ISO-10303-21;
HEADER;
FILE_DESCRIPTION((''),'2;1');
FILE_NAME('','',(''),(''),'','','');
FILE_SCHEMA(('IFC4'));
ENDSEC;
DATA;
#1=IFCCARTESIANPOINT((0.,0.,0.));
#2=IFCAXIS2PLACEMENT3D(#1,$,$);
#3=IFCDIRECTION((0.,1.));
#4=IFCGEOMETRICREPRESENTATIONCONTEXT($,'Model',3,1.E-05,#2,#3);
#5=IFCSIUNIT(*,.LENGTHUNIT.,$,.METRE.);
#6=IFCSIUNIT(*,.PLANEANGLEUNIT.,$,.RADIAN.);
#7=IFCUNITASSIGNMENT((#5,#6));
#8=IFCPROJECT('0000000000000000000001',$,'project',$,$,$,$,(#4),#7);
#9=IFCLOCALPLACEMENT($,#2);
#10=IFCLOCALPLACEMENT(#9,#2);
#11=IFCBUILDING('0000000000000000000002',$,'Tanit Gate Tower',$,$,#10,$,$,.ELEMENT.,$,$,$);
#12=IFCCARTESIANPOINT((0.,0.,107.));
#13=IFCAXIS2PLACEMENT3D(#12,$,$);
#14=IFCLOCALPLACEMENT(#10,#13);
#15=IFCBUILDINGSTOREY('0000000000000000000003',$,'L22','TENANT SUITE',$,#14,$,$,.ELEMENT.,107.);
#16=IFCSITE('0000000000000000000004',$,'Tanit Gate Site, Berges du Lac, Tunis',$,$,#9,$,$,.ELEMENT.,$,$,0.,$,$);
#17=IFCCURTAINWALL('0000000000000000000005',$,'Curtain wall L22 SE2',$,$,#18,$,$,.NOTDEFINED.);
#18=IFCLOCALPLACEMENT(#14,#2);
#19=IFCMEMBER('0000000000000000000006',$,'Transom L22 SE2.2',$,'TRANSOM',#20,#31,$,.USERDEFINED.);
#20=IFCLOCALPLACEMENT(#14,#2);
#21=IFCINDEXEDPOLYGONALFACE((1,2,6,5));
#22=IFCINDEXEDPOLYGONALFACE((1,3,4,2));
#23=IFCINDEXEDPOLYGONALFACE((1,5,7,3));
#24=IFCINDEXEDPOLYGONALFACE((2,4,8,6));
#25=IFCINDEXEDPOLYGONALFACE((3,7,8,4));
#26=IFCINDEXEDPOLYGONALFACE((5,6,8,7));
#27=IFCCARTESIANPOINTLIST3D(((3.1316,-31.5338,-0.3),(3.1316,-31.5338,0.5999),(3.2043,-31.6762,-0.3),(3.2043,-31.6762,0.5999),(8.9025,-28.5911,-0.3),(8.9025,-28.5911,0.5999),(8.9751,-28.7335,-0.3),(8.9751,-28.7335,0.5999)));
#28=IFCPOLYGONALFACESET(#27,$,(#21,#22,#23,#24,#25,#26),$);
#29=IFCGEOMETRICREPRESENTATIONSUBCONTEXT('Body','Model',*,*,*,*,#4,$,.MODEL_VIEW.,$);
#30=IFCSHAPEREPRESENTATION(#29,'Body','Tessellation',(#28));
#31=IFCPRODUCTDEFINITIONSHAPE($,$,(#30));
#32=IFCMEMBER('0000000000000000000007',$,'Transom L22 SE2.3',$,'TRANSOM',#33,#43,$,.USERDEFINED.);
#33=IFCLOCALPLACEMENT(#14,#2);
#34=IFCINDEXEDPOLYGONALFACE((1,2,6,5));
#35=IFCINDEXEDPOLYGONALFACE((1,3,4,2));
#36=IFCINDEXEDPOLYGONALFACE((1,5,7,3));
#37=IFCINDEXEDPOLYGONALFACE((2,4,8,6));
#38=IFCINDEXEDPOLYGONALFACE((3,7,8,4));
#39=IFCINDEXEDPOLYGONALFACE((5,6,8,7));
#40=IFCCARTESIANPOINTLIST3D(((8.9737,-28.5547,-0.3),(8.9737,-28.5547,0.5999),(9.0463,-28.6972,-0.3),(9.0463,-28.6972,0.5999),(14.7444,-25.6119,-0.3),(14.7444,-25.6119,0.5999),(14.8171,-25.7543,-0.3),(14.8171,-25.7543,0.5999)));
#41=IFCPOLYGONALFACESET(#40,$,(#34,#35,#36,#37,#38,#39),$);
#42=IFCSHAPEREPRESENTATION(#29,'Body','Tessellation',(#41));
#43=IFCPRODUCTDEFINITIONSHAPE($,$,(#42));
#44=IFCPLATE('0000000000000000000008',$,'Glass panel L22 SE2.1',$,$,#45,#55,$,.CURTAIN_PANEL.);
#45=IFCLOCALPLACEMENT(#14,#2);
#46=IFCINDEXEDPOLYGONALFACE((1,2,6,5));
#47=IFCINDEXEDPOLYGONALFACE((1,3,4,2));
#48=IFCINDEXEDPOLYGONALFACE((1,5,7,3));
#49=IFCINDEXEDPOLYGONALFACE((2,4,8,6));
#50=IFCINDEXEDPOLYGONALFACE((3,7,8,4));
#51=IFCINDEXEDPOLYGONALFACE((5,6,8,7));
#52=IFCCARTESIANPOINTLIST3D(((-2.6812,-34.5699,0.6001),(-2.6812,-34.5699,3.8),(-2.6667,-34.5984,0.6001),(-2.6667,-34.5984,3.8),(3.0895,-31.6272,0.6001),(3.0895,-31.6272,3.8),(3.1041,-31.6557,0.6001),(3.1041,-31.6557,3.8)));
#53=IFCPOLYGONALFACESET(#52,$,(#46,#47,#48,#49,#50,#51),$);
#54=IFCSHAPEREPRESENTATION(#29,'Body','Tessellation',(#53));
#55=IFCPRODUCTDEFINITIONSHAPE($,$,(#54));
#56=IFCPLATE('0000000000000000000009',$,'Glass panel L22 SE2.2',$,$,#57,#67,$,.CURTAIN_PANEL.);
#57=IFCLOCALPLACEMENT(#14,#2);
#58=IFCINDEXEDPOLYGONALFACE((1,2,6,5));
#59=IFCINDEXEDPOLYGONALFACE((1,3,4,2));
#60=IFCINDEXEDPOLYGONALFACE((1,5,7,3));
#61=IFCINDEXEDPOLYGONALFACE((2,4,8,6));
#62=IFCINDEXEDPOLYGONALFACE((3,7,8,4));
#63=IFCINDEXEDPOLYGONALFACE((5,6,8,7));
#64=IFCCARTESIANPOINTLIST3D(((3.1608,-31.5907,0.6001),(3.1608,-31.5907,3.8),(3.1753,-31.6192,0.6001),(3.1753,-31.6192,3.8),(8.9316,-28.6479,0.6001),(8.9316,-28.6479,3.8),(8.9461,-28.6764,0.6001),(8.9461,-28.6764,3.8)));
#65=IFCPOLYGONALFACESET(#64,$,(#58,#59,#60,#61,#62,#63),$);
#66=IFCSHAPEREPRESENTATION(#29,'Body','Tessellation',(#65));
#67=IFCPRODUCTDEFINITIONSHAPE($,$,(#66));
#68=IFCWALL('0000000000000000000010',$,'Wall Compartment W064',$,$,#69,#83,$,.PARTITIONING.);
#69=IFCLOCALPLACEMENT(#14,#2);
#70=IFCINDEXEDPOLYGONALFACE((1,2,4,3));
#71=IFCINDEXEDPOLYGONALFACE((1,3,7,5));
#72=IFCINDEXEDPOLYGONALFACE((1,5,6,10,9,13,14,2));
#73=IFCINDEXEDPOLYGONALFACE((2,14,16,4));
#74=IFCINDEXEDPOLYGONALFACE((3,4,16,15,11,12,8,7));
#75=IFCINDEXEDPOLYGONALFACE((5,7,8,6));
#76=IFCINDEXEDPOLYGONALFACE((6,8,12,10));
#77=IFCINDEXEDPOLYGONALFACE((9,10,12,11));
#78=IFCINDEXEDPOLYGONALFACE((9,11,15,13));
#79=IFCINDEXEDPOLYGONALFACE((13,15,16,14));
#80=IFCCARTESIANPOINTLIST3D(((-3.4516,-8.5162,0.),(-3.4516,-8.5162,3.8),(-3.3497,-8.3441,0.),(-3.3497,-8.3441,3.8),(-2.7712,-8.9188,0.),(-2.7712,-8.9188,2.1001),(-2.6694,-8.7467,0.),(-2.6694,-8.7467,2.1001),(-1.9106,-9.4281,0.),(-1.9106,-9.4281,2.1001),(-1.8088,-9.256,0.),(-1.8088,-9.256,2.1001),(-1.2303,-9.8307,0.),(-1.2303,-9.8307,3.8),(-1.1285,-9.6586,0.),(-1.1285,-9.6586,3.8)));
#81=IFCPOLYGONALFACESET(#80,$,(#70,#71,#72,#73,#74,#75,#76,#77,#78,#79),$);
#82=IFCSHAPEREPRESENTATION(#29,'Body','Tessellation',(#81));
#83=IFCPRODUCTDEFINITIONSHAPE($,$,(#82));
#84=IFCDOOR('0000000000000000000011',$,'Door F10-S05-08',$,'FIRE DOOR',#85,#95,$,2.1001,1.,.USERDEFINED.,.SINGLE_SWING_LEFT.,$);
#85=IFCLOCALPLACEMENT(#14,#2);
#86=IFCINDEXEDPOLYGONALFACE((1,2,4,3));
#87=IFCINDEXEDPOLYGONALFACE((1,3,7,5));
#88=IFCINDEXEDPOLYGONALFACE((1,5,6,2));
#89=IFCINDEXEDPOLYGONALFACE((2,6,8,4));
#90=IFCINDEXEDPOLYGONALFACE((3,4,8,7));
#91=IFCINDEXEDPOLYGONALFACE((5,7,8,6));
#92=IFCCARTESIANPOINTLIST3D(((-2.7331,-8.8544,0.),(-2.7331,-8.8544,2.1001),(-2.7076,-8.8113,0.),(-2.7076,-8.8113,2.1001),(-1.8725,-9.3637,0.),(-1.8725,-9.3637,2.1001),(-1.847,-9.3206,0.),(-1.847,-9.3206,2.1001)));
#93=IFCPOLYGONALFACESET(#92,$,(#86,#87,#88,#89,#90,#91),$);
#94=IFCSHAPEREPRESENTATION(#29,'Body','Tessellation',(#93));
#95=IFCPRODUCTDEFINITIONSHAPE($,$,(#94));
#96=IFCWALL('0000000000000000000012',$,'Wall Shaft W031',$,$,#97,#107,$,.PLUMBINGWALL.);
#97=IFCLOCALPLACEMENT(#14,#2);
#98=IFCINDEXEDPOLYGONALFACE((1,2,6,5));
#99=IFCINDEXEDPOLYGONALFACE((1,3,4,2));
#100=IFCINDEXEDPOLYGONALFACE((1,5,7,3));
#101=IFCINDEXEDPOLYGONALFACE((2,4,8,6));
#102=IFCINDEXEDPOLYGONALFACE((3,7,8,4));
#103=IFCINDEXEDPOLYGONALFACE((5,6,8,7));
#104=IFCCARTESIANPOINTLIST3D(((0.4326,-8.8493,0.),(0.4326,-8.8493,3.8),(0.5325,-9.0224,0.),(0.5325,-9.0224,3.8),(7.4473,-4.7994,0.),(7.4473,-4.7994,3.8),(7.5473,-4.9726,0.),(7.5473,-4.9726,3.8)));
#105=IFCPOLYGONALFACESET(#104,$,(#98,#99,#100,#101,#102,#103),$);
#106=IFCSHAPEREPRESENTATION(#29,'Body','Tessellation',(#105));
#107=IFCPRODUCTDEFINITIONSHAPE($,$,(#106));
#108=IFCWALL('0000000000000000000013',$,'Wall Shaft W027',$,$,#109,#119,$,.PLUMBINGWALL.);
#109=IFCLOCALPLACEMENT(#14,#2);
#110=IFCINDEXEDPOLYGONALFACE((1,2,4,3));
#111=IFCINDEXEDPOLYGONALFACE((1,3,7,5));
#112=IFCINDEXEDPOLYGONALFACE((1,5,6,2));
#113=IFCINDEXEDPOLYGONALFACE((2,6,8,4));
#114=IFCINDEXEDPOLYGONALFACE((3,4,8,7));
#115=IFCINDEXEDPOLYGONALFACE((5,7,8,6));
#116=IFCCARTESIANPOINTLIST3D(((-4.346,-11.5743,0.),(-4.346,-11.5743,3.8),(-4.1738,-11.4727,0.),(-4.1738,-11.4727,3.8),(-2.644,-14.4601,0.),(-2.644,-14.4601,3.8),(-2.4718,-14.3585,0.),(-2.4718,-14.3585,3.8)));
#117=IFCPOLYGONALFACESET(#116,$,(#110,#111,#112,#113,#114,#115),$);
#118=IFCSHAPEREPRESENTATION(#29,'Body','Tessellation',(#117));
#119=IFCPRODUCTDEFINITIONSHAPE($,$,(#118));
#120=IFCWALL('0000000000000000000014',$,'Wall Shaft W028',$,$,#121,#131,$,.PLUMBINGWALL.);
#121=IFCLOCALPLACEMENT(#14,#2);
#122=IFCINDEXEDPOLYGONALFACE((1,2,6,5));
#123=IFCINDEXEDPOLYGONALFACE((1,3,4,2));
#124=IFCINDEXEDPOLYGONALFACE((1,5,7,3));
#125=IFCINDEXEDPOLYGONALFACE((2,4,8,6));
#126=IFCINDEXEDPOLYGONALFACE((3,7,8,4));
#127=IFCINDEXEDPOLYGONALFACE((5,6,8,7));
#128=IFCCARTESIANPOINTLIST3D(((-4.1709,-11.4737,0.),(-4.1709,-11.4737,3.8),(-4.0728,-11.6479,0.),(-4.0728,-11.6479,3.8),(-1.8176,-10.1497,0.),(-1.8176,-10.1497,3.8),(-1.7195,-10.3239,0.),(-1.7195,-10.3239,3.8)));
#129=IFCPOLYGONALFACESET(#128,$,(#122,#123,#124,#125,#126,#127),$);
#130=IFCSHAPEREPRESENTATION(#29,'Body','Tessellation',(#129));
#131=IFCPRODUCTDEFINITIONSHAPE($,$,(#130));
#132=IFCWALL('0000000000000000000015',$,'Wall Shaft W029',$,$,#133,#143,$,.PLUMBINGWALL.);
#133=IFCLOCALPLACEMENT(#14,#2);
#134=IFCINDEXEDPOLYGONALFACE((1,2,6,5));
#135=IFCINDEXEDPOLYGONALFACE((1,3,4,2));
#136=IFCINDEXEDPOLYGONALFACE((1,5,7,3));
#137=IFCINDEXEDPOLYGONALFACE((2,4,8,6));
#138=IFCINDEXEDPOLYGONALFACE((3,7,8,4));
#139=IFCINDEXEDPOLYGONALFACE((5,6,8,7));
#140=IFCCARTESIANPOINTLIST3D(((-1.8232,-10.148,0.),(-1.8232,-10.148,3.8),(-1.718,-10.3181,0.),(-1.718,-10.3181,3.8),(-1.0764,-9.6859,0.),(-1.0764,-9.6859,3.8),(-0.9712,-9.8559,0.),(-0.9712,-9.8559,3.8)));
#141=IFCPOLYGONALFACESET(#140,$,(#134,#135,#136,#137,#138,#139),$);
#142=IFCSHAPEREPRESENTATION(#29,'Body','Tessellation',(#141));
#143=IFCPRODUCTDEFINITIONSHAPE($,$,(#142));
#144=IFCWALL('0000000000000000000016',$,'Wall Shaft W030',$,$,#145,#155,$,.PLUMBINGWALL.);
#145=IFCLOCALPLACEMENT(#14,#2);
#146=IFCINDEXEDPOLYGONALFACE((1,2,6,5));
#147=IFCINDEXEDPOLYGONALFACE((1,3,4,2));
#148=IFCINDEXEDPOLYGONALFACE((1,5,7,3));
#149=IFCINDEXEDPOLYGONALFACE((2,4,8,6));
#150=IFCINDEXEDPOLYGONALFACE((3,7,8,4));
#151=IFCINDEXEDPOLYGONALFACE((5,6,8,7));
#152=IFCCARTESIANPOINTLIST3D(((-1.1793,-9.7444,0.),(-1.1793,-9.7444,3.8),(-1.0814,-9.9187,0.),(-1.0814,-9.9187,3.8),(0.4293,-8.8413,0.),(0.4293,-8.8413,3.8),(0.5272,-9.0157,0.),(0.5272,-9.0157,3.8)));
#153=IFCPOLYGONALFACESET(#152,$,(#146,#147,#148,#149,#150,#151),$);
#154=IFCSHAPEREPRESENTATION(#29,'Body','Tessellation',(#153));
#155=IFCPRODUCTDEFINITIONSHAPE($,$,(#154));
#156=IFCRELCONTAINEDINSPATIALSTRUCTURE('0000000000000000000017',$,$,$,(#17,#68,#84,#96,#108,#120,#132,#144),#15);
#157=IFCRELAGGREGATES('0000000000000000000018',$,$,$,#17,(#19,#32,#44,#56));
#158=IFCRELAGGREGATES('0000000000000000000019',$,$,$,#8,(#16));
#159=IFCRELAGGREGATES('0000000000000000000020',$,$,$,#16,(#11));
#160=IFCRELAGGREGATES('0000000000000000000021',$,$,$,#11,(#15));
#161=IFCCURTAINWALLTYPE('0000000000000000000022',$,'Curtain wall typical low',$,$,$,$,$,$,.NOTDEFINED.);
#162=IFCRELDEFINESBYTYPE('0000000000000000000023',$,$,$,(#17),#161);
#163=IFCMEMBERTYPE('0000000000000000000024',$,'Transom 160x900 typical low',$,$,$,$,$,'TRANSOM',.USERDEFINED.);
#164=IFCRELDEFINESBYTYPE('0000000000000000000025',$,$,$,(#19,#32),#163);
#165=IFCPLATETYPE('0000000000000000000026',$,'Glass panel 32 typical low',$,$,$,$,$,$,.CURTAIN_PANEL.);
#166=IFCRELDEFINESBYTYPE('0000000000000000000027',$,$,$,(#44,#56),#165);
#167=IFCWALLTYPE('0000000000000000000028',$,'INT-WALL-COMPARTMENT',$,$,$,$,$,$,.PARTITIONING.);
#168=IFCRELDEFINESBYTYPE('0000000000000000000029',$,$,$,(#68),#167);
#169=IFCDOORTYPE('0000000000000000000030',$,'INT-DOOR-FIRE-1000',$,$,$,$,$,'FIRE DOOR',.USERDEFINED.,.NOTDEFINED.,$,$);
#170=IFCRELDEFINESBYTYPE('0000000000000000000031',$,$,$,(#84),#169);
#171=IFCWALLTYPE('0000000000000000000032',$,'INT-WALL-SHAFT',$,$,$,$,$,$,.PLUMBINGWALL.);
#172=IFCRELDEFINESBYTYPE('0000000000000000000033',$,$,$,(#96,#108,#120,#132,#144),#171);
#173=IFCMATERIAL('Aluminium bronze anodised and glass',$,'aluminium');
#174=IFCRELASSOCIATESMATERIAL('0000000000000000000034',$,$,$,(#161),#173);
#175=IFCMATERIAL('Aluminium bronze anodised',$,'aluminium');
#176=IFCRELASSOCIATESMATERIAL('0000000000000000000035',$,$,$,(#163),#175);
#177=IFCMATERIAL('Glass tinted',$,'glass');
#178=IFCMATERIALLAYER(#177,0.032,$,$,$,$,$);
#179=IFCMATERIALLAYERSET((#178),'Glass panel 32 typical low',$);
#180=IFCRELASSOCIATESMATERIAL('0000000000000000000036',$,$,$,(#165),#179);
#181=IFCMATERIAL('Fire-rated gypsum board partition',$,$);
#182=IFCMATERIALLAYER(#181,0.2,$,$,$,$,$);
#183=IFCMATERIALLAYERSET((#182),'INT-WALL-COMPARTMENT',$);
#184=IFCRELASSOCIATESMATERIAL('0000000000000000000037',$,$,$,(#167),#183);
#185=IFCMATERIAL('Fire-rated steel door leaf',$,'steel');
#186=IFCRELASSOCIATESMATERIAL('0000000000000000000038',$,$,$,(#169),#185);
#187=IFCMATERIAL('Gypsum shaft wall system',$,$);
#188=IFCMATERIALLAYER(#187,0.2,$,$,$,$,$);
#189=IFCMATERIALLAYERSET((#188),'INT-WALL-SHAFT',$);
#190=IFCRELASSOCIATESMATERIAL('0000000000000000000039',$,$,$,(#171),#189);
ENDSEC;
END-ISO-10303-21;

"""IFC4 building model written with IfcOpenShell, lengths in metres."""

from ifc_helpers import new_model, si_unit, direction, frame, frame_2d, origin, origin_2d, place, context, subcontext, project, spatial, rectangle, extrude, material, layer, layer_set, material_profile, profile_set, type_object, element, fill, aggregate, save


model = new_model("IFC4")

# Units and contexts
model_context = context("Model", 3, precision=1e-05, world=origin(), true_north=direction((0.0, 1.0)))
body_context = subcontext(model_context, "Body", "Model", "MODEL_VIEW")
ifc_project = project(units=[si_unit("LENGTHUNIT", "METRE"), si_unit("PLANEANGLEUNIT", "RADIAN")], contexts=[model_context])

# Site, building, storey
site_placement = place(None, origin())
site = spatial("IfcSite", under=ifc_project, at=site_placement, Name="Tanit Gate Site, Berges du Lac, Tunis", CompositionType="ELEMENT", RefElevation=0.0)
building_placement = place(site_placement, origin())
building = spatial("IfcBuilding", under=site, at=building_placement, Name="Tanit Gate Tower", CompositionType="ELEMENT")
storey_placement = place(building_placement, frame((0.0, 0.0, 107.0)))
storey = spatial("IfcBuildingStorey", under=building, at=storey_placement, Name="L22", Description="TENANT SUITE", CompositionType="ELEMENT", Elevation=107.0)

# Curtain wall
ifc_material_1 = material(Name="Aluminium bronze anodised and glass", Category="aluminium")
curtain_wall_type = type_object("IfcCurtainWallType", Name="Curtain wall typical low", PredefinedType="NOTDEFINED", material=ifc_material_1)
curtain_wall_1_placement = place(storey_placement, origin())
curtain_wall_1 = element("IfcCurtainWall", 1, at=curtain_wall_1_placement, inside=storey, type_object=curtain_wall_type, Name="Curtain wall L22 SE2", PredefinedType="NOTDEFINED")

# Members
ifc_material_2 = material(Name="Aluminium bronze anodised", Category="aluminium")
ifc_material_profile_1 = material_profile(ifc_material_2, rectangle(XDim=0.1599, YDim=0.8999, at=origin_2d()), Name="160x900 bronze transom")
ifc_profile_set_1 = profile_set([ifc_material_profile_1], Name="Aluminium bronze anodised")
member_type_1 = type_object("IfcMemberType", Name="Transom 160x900 typical low", ElementType="TRANSOM", PredefinedType="USERDEFINED", material=ifc_profile_set_1)
member_1_placement = place(storey_placement, frame((3.168, -31.605, 0.1499), z_axis=(0.890864, 0.45427, 0.0), x_axis=(-0.45427, 0.890864, 0.0)))
member_1 = element("IfcMember", 2, at=member_1_placement, type_object=member_type_1, Name="Transom L22 SE2.2", ObjectType="TRANSOM", PredefinedType="USERDEFINED", context=body_context, shape_type="SweptSolid", body=[
    extrude(rectangle(XDim=0.1599, YDim=0.8999, at=origin_2d()), origin(), (0.0, 0.0, 1.0), 6.4778),
])
member_2_placement = place(storey_placement, frame((9.01, -28.626, 0.1499), z_axis=(0.890849, 0.4543, 0.0), x_axis=(-0.4543, 0.890849, 0.0)))
member_2 = element("IfcMember", 3, at=member_2_placement, type_object=member_type_1, Name="Transom L22 SE2.3", ObjectType="TRANSOM", PredefinedType="USERDEFINED", context=body_context, shape_type="SweptSolid", body=[
    extrude(rectangle(XDim=0.1599, YDim=0.8999, at=origin_2d()), origin(), (0.0, 0.0, 1.0), 6.4778),
])

# Plates
ifc_material_3 = material(Name="Glass tinted", Category="glass")
ifc_layer_1 = layer(ifc_material_3, 0.032)
ifc_layer_set_1 = layer_set([ifc_layer_1], Name="Glass panel 32 typical low")
plate_type = type_object("IfcPlateType", Name="Glass panel 32 typical low", PredefinedType="CURTAIN_PANEL", material=ifc_layer_set_1)
plate_1_placement = place(storey_placement, frame((0.2114, -33.1128, 0.6001), z_axis=(0.0, 0.0, 1.0), x_axis=(0.890855, 0.454288, 0.0)))
plate_1 = element("IfcPlate", 4, at=plate_1_placement, type_object=plate_type, Name="Glass panel L22 SE2.1", PredefinedType="CURTAIN_PANEL", context=body_context, shape_type="SweptSolid", body=[
    extrude(rectangle(XDim=6.4778, YDim=0.032, at=origin_2d()), origin(), (0.0, 0.0, 1.0), 3.2),
])
plate_2_placement = place(storey_placement, frame((6.0535, -30.1335, 0.6001), z_axis=(0.0, 0.0, 1.0), x_axis=(0.890855, 0.454288, 0.0)))
plate_2 = element("IfcPlate", 5, at=plate_2_placement, type_object=plate_type, Name="Glass panel L22 SE2.2", PredefinedType="CURTAIN_PANEL", context=body_context, shape_type="SweptSolid", body=[
    extrude(rectangle(XDim=6.4778, YDim=0.032, at=origin_2d()), origin(), (0.0, 0.0, 1.0), 3.2),
])
aggregate(curtain_wall_1, [member_1, member_2, plate_1, plate_2])

# Wall, opening, door
ifc_material_4 = material(Name="Fire-rated gypsum board partition")
ifc_layer_2 = layer(ifc_material_4, 0.2)
ifc_layer_set_2 = layer_set([ifc_layer_2], Name="INT-WALL-COMPARTMENT")
wall_type_1 = type_object("IfcWallType", Name="INT-WALL-COMPARTMENT", PredefinedType="PARTITIONING", material=ifc_layer_set_2)
wall_1_placement = place(storey_placement, frame((-3.4006, -8.4302, 0.0), z_axis=(0.0, 0.0, 1.0), x_axis=(0.860599, -0.509284, 0.0)))
wall_1 = element("IfcWall", 6, at=wall_1_placement, inside=storey, type_object=wall_type_1, Name="Wall Compartment W064", PredefinedType="PARTITIONING", context=body_context, shape_type="SweptSolid", body=[
    extrude(rectangle(XDim=2.5811, YDim=0.2, at=frame_2d((1.2905, 0.0))), origin(), (0.0, 0.0, 1.0), 3.8),
])
opening_placement = place(wall_1_placement, frame((0.7905, 0.0, 0.0)))
opening = element("IfcOpeningElement", 7, at=opening_placement, cuts=wall_1, PredefinedType="OPENING", context=body_context, shape_type="SweptSolid", body=[
    extrude(rectangle(XDim=1.0, YDim=2.1001, at=frame_2d((0.5, 1.05))), frame((0.0, 0.1099, 0.0), z_axis=(0.0, -1.0, 0.0), x_axis=(1.0, 0.0, 0.0)), (0.0, 0.0, 1.0), 0.22),
])
ifc_material_5 = material(Name="Fire-rated steel door leaf", Category="steel")
door_type = type_object("IfcDoorType", Name="INT-DOOR-FIRE-1000", ElementType="FIRE DOOR", OperationType="NOTDEFINED", PredefinedType="USERDEFINED", material=ifc_material_5)
door_placement = place(opening_placement, origin())
door = element("IfcDoor", 8, at=door_placement, inside=storey, type_object=door_type, Name="Door F10-S05-08", ObjectType="FIRE DOOR", OperationType="SINGLE_SWING_LEFT", OverallHeight=2.1001, OverallWidth=1.0, PredefinedType="USERDEFINED", context=body_context, shape_type="SweptSolid", body=[
    extrude(rectangle(XDim=1.0, YDim=2.1001, at=frame_2d((0.5, 1.05))), frame((0.0, 0.0249, 0.0), z_axis=(0.0, -1.0, 0.0), x_axis=(1.0, 0.0, 0.0)), (0.0, 0.0, 1.0), 0.05),
])
fill(opening, door)

# Walls
ifc_material_6 = material(Name="Gypsum shaft wall system")
ifc_layer_3 = layer(ifc_material_6, 0.2)
ifc_layer_set_3 = layer_set([ifc_layer_3], Name="INT-WALL-SHAFT")
wall_type_2 = type_object("IfcWallType", Name="INT-WALL-SHAFT", PredefinedType="PLUMBINGWALL", material=ifc_layer_set_3)
wall_2_placement = place(storey_placement, frame((0.4827, -8.9358, 0.0), z_axis=(0.0, 0.0, 1.0), x_axis=(0.866031, 0.49999, 0.0)))
element("IfcWall", 9, at=wall_2_placement, inside=storey, type_object=wall_type_2, Name="Wall Shaft W031", PredefinedType="PLUMBINGWALL", context=body_context, shape_type="SweptSolid", body=[
    extrude(rectangle(XDim=8.0999, YDim=0.2, at=frame_2d((4.0498, 0.0))), origin(), (0.0, 0.0, 1.0), 3.8),
])
wall_3_placement = place(storey_placement, frame((-2.5579, -14.4094, 0.0), z_axis=(0.0, 0.0, 1.0), x_axis=(-0.507997, 0.861359, 0.0)))
element("IfcWall", 10, at=wall_3_placement, inside=storey, type_object=wall_type_2, Name="Wall Shaft W027", PredefinedType="PLUMBINGWALL", context=body_context, shape_type="SweptSolid", body=[
    extrude(rectangle(XDim=3.3503, YDim=0.2, at=frame_2d((1.6753, 0.0))), origin(), (0.0, 0.0, 1.0), 3.8),
])
wall_4_placement = place(storey_placement, frame((-1.7686, -10.2368, 0.0), z_axis=(0.0, 0.0, 1.0), x_axis=(-0.871534, -0.490334, 0.0)))
element("IfcWall", 11, at=wall_4_placement, inside=storey, type_object=wall_type_2, Name="Wall Shaft W028", PredefinedType="PLUMBINGWALL", context=body_context, shape_type="SweptSolid", body=[
    extrude(rectangle(XDim=2.7002, YDim=0.2, at=frame_2d((1.3501, 0.0))), origin(), (0.0, 0.0, 1.0), 3.8),
])
wall_5_placement = place(storey_placement, frame((-1.0239, -9.771, 0.0), z_axis=(0.0, 0.0, 1.0), x_axis=(-0.850348, -0.526221, 0.0)))
element("IfcWall", 12, at=wall_5_placement, inside=storey, type_object=wall_type_2, Name="Wall Shaft W029", PredefinedType="PLUMBINGWALL", context=body_context, shape_type="SweptSolid", body=[
    extrude(rectangle(XDim=0.8782, YDim=0.2, at=frame_2d((0.439, 0.0))), origin(), (0.0, 0.0, 1.0), 3.8),
])
wall_6_placement = place(storey_placement, frame((-1.1304, -9.8315, 0.0), z_axis=(0.0, 0.0, 1.0), x_axis=(0.871989, 0.489526, 0.0)))
element("IfcWall", 13, at=wall_6_placement, inside=storey, type_object=wall_type_2, Name="Wall Shaft W030", PredefinedType="PLUMBINGWALL", context=body_context, shape_type="SweptSolid", body=[
    extrude(rectangle(XDim=1.8447, YDim=0.2, at=frame_2d((0.9224, 0.0))), origin(), (0.0, 0.0, 1.0), 3.8),
])

save(model, "model.ifc")
